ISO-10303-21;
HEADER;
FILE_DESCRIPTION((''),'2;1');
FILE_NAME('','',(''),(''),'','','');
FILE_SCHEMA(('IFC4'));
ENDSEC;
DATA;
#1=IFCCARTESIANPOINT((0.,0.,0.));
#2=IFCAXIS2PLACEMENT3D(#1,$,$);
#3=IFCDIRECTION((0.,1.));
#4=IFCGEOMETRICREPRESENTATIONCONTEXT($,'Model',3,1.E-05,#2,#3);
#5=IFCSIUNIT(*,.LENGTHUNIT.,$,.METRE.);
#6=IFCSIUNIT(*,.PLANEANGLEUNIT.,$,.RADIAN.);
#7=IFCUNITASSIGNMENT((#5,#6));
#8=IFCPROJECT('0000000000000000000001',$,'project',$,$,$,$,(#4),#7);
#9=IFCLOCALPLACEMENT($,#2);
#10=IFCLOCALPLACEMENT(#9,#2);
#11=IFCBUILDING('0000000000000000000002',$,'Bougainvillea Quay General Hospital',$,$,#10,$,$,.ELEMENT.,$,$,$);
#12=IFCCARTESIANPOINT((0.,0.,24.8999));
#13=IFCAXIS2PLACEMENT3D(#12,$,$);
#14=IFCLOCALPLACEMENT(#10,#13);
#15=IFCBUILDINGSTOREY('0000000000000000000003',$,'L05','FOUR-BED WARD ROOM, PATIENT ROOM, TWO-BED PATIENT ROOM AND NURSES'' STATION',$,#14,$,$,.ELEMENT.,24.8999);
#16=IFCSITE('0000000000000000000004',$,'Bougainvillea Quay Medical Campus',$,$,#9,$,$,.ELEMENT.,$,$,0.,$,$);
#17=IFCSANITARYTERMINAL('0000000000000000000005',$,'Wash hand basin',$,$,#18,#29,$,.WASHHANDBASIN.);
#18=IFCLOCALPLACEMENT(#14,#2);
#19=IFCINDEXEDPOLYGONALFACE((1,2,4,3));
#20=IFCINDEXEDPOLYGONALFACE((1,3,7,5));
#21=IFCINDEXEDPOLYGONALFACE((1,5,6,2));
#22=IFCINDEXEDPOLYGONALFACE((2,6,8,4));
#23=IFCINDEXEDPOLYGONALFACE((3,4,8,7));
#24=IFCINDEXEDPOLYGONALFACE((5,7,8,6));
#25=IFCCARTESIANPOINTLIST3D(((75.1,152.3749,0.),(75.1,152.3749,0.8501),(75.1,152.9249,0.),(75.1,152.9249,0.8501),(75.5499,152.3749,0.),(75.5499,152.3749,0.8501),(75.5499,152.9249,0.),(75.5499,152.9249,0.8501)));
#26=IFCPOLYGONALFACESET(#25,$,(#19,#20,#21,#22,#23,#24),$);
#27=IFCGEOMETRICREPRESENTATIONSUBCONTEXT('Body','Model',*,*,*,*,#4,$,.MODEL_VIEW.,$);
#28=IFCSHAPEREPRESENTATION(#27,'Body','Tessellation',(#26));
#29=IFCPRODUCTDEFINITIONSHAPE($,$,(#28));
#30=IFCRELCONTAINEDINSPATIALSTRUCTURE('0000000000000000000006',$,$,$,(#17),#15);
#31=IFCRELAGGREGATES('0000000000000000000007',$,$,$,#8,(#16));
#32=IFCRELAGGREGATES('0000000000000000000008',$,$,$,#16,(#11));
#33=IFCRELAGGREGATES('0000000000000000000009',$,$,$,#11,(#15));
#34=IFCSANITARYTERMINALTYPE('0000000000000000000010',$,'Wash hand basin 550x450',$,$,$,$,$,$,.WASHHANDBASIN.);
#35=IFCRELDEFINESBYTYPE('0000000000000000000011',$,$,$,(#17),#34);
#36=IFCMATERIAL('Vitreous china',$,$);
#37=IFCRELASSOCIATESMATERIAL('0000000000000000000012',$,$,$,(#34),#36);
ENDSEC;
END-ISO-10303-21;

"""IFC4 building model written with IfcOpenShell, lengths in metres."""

from ifc_helpers import new_model, si_unit, direction, frame, origin, origin_2d, place, context, subcontext, project, spatial, rectangle, extrude, material, type_object, element, save


model = new_model("IFC4")

# Units and contexts
model_context = context("Model", 3, precision=1e-05, world=origin(), true_north=direction((0.0, 1.0)))
body_context = subcontext(model_context, "Body", "Model", "MODEL_VIEW")
ifc_project = project(units=[si_unit("LENGTHUNIT", "METRE"), si_unit("PLANEANGLEUNIT", "RADIAN")], contexts=[model_context])

# Site, building, storey
site_placement = place(None, origin())
site = spatial("IfcSite", under=ifc_project, at=site_placement, Name="Bougainvillea Quay Medical Campus", CompositionType="ELEMENT", RefElevation=0.0)
building_placement = place(site_placement, origin())
building = spatial("IfcBuilding", under=site, at=building_placement, Name="Bougainvillea Quay General Hospital", CompositionType="ELEMENT")
storey_placement = place(building_placement, frame((0.0, 0.0, 24.8999)))
storey = spatial("IfcBuildingStorey", under=building, at=storey_placement, Name="L05", Description="FOUR-BED WARD ROOM, PATIENT ROOM, TWO-BED PATIENT ROOM AND NURSES' STATION", CompositionType="ELEMENT", Elevation=24.8999)

# Sanitary terminal
ifc_material_1 = material(Name="Vitreous china")
sanitary_terminal_type_1 = type_object("IfcSanitaryTerminalType", Name="Wash hand basin 550x450", PredefinedType="WASHHANDBASIN", material=ifc_material_1)
sanitary_terminal_1_placement = place(storey_placement, frame((75.325, 152.6499, 0.0), z_axis=(0.0, 0.0, 1.0), x_axis=(0.0, -1.0, 0.0)))
element("IfcSanitaryTerminal", 1, at=sanitary_terminal_1_placement, inside=storey, type_object=sanitary_terminal_type_1, Name="Wash hand basin", PredefinedType="WASHHANDBASIN", context=body_context, shape_type="SweptSolid", body=[
    extrude(rectangle(XDim=0.55, YDim=0.45, at=origin_2d()), origin(), (0.0, 0.0, 1.0), 0.8501),
])

save(model, "model.ifc")
